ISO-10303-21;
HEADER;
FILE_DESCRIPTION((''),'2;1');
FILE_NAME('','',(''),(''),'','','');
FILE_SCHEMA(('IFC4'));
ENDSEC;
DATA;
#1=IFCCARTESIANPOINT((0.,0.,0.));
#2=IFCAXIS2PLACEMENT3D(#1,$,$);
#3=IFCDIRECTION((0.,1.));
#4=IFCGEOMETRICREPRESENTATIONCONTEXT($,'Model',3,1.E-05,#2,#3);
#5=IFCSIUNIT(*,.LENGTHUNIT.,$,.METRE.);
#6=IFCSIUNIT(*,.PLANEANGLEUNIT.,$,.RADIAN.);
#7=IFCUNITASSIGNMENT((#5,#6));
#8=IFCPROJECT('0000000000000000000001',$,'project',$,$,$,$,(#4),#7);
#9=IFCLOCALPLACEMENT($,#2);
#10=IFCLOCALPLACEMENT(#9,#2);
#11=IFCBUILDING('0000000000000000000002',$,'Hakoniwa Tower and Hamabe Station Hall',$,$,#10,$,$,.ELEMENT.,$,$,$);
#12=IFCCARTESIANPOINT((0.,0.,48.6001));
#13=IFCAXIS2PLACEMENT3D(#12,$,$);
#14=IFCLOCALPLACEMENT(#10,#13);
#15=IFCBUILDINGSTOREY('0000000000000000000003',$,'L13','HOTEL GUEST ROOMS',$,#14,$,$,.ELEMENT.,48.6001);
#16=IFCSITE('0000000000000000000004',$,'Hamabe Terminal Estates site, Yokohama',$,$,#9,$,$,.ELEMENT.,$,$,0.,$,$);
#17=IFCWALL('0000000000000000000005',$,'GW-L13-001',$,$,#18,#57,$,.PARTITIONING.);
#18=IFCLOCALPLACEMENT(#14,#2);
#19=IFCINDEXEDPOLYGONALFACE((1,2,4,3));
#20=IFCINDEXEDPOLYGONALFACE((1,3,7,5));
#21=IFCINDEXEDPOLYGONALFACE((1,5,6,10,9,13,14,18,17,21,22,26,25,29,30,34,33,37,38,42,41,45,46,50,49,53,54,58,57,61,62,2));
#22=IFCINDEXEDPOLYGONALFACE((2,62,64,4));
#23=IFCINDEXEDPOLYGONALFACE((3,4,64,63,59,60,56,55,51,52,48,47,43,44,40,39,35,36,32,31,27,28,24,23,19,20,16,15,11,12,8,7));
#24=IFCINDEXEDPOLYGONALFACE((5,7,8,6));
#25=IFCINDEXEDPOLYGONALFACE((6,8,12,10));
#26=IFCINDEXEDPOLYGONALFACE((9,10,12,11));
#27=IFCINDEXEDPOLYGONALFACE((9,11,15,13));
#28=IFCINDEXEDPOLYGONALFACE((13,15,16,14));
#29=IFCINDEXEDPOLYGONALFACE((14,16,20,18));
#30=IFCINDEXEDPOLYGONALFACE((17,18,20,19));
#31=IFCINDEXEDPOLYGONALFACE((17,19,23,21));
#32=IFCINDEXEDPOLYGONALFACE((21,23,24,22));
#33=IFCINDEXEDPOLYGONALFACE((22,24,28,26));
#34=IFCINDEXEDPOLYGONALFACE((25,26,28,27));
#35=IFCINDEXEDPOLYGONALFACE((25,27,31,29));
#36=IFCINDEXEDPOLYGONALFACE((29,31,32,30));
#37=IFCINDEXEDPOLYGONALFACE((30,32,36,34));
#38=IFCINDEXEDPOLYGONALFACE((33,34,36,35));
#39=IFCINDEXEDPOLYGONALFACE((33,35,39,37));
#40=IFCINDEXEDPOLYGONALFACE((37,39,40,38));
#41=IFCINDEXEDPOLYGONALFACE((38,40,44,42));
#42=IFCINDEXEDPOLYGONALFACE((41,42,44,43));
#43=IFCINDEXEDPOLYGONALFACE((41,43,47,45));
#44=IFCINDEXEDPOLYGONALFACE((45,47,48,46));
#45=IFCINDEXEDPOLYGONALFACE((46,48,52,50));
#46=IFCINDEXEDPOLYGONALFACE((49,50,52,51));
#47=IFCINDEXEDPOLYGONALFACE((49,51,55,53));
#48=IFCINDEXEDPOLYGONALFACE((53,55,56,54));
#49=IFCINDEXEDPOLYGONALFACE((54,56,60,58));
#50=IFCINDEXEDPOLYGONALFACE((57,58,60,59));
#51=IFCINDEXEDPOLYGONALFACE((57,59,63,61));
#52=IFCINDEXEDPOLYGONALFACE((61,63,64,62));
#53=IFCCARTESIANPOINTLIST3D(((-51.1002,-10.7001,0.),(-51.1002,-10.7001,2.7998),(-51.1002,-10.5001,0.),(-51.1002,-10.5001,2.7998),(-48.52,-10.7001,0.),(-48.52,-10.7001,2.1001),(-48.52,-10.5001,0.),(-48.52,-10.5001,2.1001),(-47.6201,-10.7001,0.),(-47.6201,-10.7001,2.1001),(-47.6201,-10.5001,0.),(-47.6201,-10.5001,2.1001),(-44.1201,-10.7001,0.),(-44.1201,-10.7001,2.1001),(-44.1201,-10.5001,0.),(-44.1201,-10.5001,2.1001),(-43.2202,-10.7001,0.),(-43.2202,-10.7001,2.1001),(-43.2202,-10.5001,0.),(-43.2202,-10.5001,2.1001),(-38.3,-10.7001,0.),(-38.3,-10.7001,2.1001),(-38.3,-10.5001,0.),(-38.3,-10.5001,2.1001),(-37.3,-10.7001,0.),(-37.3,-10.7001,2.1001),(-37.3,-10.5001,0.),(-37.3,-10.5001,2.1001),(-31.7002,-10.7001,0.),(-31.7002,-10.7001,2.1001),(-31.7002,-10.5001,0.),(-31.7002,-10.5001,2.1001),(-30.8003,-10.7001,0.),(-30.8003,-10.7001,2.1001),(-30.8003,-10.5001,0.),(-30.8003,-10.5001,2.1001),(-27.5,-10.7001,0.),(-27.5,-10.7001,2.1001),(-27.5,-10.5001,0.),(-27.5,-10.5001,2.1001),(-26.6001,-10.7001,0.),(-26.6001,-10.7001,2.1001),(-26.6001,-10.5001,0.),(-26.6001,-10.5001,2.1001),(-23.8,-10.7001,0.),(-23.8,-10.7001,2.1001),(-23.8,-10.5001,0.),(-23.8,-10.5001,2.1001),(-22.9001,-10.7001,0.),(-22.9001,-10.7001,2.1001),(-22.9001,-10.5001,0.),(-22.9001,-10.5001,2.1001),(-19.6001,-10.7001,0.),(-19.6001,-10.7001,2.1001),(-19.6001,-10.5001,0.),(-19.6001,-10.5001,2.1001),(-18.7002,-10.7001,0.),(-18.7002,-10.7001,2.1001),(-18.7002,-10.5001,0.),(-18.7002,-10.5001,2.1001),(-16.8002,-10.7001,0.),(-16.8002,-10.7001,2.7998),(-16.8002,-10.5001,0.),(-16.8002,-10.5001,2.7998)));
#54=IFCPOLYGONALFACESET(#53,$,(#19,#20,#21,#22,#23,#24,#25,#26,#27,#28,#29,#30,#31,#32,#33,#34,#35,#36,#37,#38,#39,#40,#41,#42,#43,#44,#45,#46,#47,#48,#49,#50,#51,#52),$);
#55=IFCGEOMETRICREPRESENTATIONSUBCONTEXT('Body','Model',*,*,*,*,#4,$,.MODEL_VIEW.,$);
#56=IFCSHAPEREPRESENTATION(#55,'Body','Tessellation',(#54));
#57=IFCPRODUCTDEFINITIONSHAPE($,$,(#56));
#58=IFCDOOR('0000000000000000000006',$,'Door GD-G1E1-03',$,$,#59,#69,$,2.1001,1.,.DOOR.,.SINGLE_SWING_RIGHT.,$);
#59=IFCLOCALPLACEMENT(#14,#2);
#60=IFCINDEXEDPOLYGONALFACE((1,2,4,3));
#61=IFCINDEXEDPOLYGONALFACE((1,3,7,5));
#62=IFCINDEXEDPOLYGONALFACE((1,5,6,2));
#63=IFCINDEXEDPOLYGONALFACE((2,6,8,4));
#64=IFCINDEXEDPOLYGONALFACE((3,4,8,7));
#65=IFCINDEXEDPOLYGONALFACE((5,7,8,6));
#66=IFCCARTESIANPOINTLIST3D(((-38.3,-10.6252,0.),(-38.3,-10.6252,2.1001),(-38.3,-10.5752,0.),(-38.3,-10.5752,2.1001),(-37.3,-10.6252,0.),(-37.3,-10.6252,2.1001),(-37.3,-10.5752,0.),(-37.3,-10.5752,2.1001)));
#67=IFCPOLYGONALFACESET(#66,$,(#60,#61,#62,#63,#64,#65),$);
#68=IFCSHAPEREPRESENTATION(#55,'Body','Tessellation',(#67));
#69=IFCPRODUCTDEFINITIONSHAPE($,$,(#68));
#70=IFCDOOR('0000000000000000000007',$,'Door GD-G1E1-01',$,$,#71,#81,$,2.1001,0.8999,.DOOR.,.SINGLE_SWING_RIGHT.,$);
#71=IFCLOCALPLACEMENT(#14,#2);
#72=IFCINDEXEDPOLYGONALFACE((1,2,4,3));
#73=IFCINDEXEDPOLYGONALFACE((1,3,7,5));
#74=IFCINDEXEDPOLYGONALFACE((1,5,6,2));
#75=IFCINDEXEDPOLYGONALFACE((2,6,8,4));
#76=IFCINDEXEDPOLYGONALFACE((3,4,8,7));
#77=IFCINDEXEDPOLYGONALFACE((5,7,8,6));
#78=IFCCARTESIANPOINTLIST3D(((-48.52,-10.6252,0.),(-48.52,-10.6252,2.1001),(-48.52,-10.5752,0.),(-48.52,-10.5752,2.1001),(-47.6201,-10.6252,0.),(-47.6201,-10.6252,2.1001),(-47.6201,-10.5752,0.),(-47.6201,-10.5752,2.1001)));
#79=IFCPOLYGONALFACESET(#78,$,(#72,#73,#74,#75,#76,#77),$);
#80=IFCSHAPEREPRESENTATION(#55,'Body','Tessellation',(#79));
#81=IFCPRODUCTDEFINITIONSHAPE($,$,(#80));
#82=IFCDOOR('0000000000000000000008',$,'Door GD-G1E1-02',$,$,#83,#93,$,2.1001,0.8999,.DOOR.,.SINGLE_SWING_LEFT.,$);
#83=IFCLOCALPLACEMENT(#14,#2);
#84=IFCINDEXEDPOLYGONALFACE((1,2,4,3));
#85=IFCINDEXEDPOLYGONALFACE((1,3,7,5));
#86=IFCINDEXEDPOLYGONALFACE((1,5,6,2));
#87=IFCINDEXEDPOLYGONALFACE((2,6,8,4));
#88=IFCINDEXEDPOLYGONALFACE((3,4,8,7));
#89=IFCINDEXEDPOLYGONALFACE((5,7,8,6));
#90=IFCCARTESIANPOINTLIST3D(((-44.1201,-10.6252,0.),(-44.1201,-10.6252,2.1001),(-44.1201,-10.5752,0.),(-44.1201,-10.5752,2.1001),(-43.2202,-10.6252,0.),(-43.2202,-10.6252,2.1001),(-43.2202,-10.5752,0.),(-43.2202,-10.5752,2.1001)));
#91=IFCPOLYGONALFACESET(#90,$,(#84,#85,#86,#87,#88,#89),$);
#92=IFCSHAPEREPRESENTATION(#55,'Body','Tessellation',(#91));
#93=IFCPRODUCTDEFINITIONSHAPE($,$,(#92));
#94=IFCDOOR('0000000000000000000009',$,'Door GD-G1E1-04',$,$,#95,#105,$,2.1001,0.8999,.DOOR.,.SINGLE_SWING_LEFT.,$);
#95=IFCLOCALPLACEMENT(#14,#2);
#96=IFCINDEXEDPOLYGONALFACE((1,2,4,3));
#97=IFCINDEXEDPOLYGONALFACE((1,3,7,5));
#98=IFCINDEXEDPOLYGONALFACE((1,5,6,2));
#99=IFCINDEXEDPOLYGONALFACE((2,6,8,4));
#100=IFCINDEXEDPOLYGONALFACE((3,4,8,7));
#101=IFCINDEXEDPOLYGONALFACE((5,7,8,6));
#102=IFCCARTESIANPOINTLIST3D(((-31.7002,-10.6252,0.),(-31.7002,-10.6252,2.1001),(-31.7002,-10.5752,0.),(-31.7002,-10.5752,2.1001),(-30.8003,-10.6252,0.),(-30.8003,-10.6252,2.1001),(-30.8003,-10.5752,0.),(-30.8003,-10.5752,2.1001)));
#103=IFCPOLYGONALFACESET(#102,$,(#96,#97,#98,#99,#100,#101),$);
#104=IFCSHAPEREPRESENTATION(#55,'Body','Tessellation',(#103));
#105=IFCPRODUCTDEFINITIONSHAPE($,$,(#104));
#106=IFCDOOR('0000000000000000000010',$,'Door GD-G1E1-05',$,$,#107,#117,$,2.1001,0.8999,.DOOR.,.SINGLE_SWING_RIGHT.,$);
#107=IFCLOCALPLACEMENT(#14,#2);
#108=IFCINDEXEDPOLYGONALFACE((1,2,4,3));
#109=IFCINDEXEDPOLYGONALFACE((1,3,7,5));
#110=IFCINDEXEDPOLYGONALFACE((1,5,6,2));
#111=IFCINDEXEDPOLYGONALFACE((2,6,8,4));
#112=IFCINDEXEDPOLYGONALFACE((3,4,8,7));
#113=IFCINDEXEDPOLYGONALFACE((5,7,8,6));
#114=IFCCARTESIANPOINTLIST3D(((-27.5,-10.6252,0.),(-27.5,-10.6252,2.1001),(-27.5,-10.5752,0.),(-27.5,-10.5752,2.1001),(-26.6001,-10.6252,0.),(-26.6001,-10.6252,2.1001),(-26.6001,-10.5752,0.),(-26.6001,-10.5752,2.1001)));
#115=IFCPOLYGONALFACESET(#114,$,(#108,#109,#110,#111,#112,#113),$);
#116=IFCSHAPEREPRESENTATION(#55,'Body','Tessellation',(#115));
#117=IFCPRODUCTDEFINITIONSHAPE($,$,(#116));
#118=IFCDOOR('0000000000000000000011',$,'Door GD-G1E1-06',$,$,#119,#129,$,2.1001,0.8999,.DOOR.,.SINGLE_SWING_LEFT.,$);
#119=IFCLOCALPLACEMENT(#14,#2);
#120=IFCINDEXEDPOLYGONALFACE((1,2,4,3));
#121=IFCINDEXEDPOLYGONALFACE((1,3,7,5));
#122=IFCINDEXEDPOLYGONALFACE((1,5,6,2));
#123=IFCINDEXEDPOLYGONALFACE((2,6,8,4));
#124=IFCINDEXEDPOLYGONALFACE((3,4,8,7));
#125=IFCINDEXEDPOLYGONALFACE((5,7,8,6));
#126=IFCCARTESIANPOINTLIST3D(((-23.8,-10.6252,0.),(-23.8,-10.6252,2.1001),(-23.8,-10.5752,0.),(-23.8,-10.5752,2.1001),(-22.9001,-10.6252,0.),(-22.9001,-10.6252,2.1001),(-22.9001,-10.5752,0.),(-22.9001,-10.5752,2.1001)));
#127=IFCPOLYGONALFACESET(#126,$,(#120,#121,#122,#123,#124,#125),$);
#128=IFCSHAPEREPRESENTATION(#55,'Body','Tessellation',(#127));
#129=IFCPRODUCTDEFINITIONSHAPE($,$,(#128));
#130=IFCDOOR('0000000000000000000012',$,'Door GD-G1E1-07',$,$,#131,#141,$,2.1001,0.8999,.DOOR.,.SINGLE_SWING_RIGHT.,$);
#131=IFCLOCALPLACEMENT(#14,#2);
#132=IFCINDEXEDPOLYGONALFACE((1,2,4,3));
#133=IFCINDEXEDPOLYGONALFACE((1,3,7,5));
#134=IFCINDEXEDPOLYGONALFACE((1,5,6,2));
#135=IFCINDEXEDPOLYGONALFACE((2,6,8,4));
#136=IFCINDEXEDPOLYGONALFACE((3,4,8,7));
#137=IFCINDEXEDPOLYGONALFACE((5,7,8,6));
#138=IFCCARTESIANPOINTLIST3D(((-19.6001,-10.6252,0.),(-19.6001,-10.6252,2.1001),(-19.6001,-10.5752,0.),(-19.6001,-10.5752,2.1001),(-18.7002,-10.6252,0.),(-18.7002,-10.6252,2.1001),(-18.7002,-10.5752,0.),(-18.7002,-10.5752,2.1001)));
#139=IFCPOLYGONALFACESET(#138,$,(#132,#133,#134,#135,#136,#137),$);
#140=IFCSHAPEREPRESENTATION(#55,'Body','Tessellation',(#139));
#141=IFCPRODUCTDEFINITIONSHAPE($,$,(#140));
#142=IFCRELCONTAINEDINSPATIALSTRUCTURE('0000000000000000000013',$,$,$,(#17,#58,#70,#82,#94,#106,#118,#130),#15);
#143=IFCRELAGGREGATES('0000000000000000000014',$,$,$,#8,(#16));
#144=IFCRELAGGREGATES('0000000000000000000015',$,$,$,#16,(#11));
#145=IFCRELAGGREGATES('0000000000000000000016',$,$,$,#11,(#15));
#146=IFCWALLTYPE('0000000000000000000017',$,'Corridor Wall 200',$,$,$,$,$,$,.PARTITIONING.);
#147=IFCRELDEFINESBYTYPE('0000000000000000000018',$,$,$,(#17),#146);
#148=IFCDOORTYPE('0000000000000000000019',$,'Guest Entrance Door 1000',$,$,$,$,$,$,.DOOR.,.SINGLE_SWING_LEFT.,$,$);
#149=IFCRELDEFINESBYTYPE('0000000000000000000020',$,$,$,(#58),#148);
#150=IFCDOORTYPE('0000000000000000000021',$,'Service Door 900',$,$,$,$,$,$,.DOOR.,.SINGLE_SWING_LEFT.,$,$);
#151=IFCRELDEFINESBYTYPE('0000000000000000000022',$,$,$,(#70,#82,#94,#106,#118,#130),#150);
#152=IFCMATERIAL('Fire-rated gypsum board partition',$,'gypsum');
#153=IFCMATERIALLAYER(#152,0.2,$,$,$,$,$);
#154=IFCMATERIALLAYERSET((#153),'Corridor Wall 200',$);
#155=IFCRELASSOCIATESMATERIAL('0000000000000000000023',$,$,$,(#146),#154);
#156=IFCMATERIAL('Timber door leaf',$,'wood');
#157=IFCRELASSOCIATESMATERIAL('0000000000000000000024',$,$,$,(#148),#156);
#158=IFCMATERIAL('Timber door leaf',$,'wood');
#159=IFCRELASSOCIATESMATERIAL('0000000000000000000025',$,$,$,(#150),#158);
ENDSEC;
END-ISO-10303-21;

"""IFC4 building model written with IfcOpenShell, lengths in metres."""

from ifc_helpers import new_model, si_unit, direction, frame, frame_2d, origin, place, context, subcontext, project, spatial, rectangle, extrude, material, layer, layer_set, type_object, element, fill, save


model = new_model("IFC4")

# Units and contexts
model_context = context("Model", 3, precision=1e-05, world=origin(), true_north=direction((0.0, 1.0)))
body_context = subcontext(model_context, "Body", "Model", "MODEL_VIEW")
ifc_project = project(units=[si_unit("LENGTHUNIT", "METRE"), si_unit("PLANEANGLEUNIT", "RADIAN")], contexts=[model_context])

# Site, building, storey
site_placement = place(None, origin())
site = spatial("IfcSite", under=ifc_project, at=site_placement, Name="Hamabe Terminal Estates site, Yokohama", CompositionType="ELEMENT", RefElevation=0.0)
building_placement = place(site_placement, origin())
building = spatial("IfcBuilding", under=site, at=building_placement, Name="Hakoniwa Tower and Hamabe Station Hall", CompositionType="ELEMENT")
storey_placement = place(building_placement, frame((0.0, 0.0, 48.6001)))
storey = spatial("IfcBuildingStorey", under=building, at=storey_placement, Name="L13", Description="HOTEL GUEST ROOMS", CompositionType="ELEMENT", Elevation=48.6001)

# Wall, openings, doors
ifc_material_1 = material(Name="Fire-rated gypsum board partition", Category="gypsum")
ifc_layer_1 = layer(ifc_material_1, 0.2)
ifc_layer_set_1 = layer_set([ifc_layer_1], Name="Corridor Wall 200")
wall_type_1 = type_object("IfcWallType", Name="Corridor Wall 200", PredefinedType="PARTITIONING", material=ifc_layer_set_1)
wall_1_placement = place(storey_placement, frame((-51.1001, -10.6001, 0.0), z_axis=(0.0, 0.0, 1.0), x_axis=(1.0, 0.0, 0.0)))
wall_1 = element("IfcWall", 1, at=wall_1_placement, inside=storey, type_object=wall_type_1, Name="GW-L13-001", PredefinedType="PARTITIONING", context=body_context, shape_type="SweptSolid", body=[
    extrude(rectangle(XDim=34.3, YDim=0.2, at=frame_2d((17.1499, 0.0))), origin(), (0.0, 0.0, 1.0), 2.7998),
])
opening_1_placement = place(wall_1_placement, frame((2.5801, 0.0, 0.0)))
opening_1 = element("IfcOpeningElement", 2, at=opening_1_placement, cuts=wall_1, PredefinedType="OPENING", context=body_context, shape_type="SweptSolid", body=[
    extrude(rectangle(XDim=0.8999, YDim=2.1001, at=frame_2d((0.45, 1.05))), frame((0.0, 0.1099, 0.0), z_axis=(0.0, -1.0, 0.0), x_axis=(1.0, 0.0, 0.0)), (0.0, 0.0, 1.0), 0.22),
])
opening_2_placement = place(wall_1_placement, frame((6.98, 0.0, 0.0)))
opening_2 = element("IfcOpeningElement", 3, at=opening_2_placement, cuts=wall_1, PredefinedType="OPENING", context=body_context, shape_type="SweptSolid", body=[
    extrude(rectangle(XDim=0.8999, YDim=2.1001, at=frame_2d((0.45, 1.05))), frame((0.0, 0.1099, 0.0), z_axis=(0.0, -1.0, 0.0), x_axis=(1.0, 0.0, 0.0)), (0.0, 0.0, 1.0), 0.22),
])
opening_3_placement = place(wall_1_placement, frame((12.8, 0.0, 0.0)))
opening_3 = element("IfcOpeningElement", 4, at=opening_3_placement, cuts=wall_1, PredefinedType="OPENING", context=body_context, shape_type="SweptSolid", body=[
    extrude(rectangle(XDim=1.0, YDim=2.1001, at=frame_2d((0.5, 1.05))), frame((0.0, 0.1099, 0.0), z_axis=(0.0, -1.0, 0.0), x_axis=(1.0, 0.0, 0.0)), (0.0, 0.0, 1.0), 0.22),
])
opening_4_placement = place(wall_1_placement, frame((19.3999, 0.0, 0.0)))
opening_4 = element("IfcOpeningElement", 5, at=opening_4_placement, cuts=wall_1, PredefinedType="OPENING", context=body_context, shape_type="SweptSolid", body=[
    extrude(rectangle(XDim=0.8999, YDim=2.1001, at=frame_2d((0.45, 1.05))), frame((0.0, 0.1099, 0.0), z_axis=(0.0, -1.0, 0.0), x_axis=(1.0, 0.0, 0.0)), (0.0, 0.0, 1.0), 0.22),
])
opening_5_placement = place(wall_1_placement, frame((23.6001, 0.0, 0.0)))
opening_5 = element("IfcOpeningElement", 6, at=opening_5_placement, cuts=wall_1, PredefinedType="OPENING", context=body_context, shape_type="SweptSolid", body=[
    extrude(rectangle(XDim=0.8999, YDim=2.1001, at=frame_2d((0.45, 1.05))), frame((0.0, 0.1099, 0.0), z_axis=(0.0, -1.0, 0.0), x_axis=(1.0, 0.0, 0.0)), (0.0, 0.0, 1.0), 0.22),
])
opening_6_placement = place(wall_1_placement, frame((27.3, 0.0, 0.0)))
opening_6 = element("IfcOpeningElement", 7, at=opening_6_placement, cuts=wall_1, PredefinedType="OPENING", context=body_context, shape_type="SweptSolid", body=[
    extrude(rectangle(XDim=0.8999, YDim=2.1001, at=frame_2d((0.45, 1.05))), frame((0.0, 0.1099, 0.0), z_axis=(0.0, -1.0, 0.0), x_axis=(1.0, 0.0, 0.0)), (0.0, 0.0, 1.0), 0.22),
])
opening_7_placement = place(wall_1_placement, frame((31.5, 0.0, 0.0)))
opening_7 = element("IfcOpeningElement", 8, at=opening_7_placement, cuts=wall_1, PredefinedType="OPENING", context=body_context, shape_type="SweptSolid", body=[
    extrude(rectangle(XDim=0.8999, YDim=2.1001, at=frame_2d((0.45, 1.05))), frame((0.0, 0.1099, 0.0), z_axis=(0.0, -1.0, 0.0), x_axis=(1.0, 0.0, 0.0)), (0.0, 0.0, 1.0), 0.22),
])
ifc_material_2 = material(Name="Timber door leaf", Category="wood")
door_type_1 = type_object("IfcDoorType", Name="Guest Entrance Door 1000", OperationType="SINGLE_SWING_LEFT", PredefinedType="DOOR", material=ifc_material_2)
door_1_placement = place(opening_3_placement, origin())
door_1 = element("IfcDoor", 9, at=door_1_placement, inside=storey, type_object=door_type_1, Name="Door GD-G1E1-03", OperationType="SINGLE_SWING_RIGHT", OverallHeight=2.1001, OverallWidth=1.0, PredefinedType="DOOR", context=body_context, shape_type="SweptSolid", body=[
    extrude(rectangle(XDim=1.0, YDim=2.1001, at=frame_2d((0.5, 1.05))), frame((0.0, 0.0249, 0.0), z_axis=(0.0, -1.0, 0.0), x_axis=(1.0, 0.0, 0.0)), (0.0, 0.0, 1.0), 0.05),
])
fill(opening_3, door_1)
ifc_material_3 = material(Name="Timber door leaf", Category="wood")
door_type_2 = type_object("IfcDoorType", Name="Service Door 900", OperationType="SINGLE_SWING_LEFT", PredefinedType="DOOR", material=ifc_material_3)
door_2_placement = place(opening_1_placement, origin())
door_2 = element("IfcDoor", 10, at=door_2_placement, inside=storey, type_object=door_type_2, Name="Door GD-G1E1-01", OperationType="SINGLE_SWING_RIGHT", OverallHeight=2.1001, OverallWidth=0.8999, PredefinedType="DOOR", context=body_context, shape_type="SweptSolid", body=[
    extrude(rectangle(XDim=0.8999, YDim=2.1001, at=frame_2d((0.45, 1.05))), frame((0.0, 0.0249, 0.0), z_axis=(0.0, -1.0, 0.0), x_axis=(1.0, 0.0, 0.0)), (0.0, 0.0, 1.0), 0.05),
])
fill(opening_1, door_2)
door_3_placement = place(opening_2_placement, origin())
door_3 = element("IfcDoor", 11, at=door_3_placement, inside=storey, type_object=door_type_2, Name="Door GD-G1E1-02", OperationType="SINGLE_SWING_LEFT", OverallHeight=2.1001, OverallWidth=0.8999, PredefinedType="DOOR", context=body_context, shape_type="SweptSolid", body=[
    extrude(rectangle(XDim=0.8999, YDim=2.1001, at=frame_2d((0.45, 1.05))), frame((0.0, 0.0249, 0.0), z_axis=(0.0, -1.0, 0.0), x_axis=(1.0, 0.0, 0.0)), (0.0, 0.0, 1.0), 0.05),
])
fill(opening_2, door_3)
door_4_placement = place(opening_4_placement, origin())
door_4 = element("IfcDoor", 12, at=door_4_placement, inside=storey, type_object=door_type_2, Name="Door GD-G1E1-04", OperationType="SINGLE_SWING_LEFT", OverallHeight=2.1001, OverallWidth=0.8999, PredefinedType="DOOR", context=body_context, shape_type="SweptSolid", body=[
    extrude(rectangle(XDim=0.8999, YDim=2.1001, at=frame_2d((0.45, 1.05))), frame((0.0, 0.0249, 0.0), z_axis=(0.0, -1.0, 0.0), x_axis=(1.0, 0.0, 0.0)), (0.0, 0.0, 1.0), 0.05),
])
fill(opening_4, door_4)
door_5_placement = place(opening_5_placement, origin())
door_5 = element("IfcDoor", 13, at=door_5_placement, inside=storey, type_object=door_type_2, Name="Door GD-G1E1-05", OperationType="SINGLE_SWING_RIGHT", OverallHeight=2.1001, OverallWidth=0.8999, PredefinedType="DOOR", context=body_context, shape_type="SweptSolid", body=[
    extrude(rectangle(XDim=0.8999, YDim=2.1001, at=frame_2d((0.45, 1.05))), frame((0.0, 0.0249, 0.0), z_axis=(0.0, -1.0, 0.0), x_axis=(1.0, 0.0, 0.0)), (0.0, 0.0, 1.0), 0.05),
])
fill(opening_5, door_5)
door_6_placement = place(opening_6_placement, origin())
door_6 = element("IfcDoor", 14, at=door_6_placement, inside=storey, type_object=door_type_2, Name="Door GD-G1E1-06", OperationType="SINGLE_SWING_LEFT", OverallHeight=2.1001, OverallWidth=0.8999, PredefinedType="DOOR", context=body_context, shape_type="SweptSolid", body=[
    extrude(rectangle(XDim=0.8999, YDim=2.1001, at=frame_2d((0.45, 1.05))), frame((0.0, 0.0249, 0.0), z_axis=(0.0, -1.0, 0.0), x_axis=(1.0, 0.0, 0.0)), (0.0, 0.0, 1.0), 0.05),
])
fill(opening_6, door_6)
door_7_placement = place(opening_7_placement, origin())
door_7 = element("IfcDoor", 15, at=door_7_placement, inside=storey, type_object=door_type_2, Name="Door GD-G1E1-07", OperationType="SINGLE_SWING_RIGHT", OverallHeight=2.1001, OverallWidth=0.8999, PredefinedType="DOOR", context=body_context, shape_type="SweptSolid", body=[
    extrude(rectangle(XDim=0.8999, YDim=2.1001, at=frame_2d((0.45, 1.05))), frame((0.0, 0.0249, 0.0), z_axis=(0.0, -1.0, 0.0), x_axis=(1.0, 0.0, 0.0)), (0.0, 0.0, 1.0), 0.05),
])
fill(opening_7, door_7)

save(model, "model.ifc")
